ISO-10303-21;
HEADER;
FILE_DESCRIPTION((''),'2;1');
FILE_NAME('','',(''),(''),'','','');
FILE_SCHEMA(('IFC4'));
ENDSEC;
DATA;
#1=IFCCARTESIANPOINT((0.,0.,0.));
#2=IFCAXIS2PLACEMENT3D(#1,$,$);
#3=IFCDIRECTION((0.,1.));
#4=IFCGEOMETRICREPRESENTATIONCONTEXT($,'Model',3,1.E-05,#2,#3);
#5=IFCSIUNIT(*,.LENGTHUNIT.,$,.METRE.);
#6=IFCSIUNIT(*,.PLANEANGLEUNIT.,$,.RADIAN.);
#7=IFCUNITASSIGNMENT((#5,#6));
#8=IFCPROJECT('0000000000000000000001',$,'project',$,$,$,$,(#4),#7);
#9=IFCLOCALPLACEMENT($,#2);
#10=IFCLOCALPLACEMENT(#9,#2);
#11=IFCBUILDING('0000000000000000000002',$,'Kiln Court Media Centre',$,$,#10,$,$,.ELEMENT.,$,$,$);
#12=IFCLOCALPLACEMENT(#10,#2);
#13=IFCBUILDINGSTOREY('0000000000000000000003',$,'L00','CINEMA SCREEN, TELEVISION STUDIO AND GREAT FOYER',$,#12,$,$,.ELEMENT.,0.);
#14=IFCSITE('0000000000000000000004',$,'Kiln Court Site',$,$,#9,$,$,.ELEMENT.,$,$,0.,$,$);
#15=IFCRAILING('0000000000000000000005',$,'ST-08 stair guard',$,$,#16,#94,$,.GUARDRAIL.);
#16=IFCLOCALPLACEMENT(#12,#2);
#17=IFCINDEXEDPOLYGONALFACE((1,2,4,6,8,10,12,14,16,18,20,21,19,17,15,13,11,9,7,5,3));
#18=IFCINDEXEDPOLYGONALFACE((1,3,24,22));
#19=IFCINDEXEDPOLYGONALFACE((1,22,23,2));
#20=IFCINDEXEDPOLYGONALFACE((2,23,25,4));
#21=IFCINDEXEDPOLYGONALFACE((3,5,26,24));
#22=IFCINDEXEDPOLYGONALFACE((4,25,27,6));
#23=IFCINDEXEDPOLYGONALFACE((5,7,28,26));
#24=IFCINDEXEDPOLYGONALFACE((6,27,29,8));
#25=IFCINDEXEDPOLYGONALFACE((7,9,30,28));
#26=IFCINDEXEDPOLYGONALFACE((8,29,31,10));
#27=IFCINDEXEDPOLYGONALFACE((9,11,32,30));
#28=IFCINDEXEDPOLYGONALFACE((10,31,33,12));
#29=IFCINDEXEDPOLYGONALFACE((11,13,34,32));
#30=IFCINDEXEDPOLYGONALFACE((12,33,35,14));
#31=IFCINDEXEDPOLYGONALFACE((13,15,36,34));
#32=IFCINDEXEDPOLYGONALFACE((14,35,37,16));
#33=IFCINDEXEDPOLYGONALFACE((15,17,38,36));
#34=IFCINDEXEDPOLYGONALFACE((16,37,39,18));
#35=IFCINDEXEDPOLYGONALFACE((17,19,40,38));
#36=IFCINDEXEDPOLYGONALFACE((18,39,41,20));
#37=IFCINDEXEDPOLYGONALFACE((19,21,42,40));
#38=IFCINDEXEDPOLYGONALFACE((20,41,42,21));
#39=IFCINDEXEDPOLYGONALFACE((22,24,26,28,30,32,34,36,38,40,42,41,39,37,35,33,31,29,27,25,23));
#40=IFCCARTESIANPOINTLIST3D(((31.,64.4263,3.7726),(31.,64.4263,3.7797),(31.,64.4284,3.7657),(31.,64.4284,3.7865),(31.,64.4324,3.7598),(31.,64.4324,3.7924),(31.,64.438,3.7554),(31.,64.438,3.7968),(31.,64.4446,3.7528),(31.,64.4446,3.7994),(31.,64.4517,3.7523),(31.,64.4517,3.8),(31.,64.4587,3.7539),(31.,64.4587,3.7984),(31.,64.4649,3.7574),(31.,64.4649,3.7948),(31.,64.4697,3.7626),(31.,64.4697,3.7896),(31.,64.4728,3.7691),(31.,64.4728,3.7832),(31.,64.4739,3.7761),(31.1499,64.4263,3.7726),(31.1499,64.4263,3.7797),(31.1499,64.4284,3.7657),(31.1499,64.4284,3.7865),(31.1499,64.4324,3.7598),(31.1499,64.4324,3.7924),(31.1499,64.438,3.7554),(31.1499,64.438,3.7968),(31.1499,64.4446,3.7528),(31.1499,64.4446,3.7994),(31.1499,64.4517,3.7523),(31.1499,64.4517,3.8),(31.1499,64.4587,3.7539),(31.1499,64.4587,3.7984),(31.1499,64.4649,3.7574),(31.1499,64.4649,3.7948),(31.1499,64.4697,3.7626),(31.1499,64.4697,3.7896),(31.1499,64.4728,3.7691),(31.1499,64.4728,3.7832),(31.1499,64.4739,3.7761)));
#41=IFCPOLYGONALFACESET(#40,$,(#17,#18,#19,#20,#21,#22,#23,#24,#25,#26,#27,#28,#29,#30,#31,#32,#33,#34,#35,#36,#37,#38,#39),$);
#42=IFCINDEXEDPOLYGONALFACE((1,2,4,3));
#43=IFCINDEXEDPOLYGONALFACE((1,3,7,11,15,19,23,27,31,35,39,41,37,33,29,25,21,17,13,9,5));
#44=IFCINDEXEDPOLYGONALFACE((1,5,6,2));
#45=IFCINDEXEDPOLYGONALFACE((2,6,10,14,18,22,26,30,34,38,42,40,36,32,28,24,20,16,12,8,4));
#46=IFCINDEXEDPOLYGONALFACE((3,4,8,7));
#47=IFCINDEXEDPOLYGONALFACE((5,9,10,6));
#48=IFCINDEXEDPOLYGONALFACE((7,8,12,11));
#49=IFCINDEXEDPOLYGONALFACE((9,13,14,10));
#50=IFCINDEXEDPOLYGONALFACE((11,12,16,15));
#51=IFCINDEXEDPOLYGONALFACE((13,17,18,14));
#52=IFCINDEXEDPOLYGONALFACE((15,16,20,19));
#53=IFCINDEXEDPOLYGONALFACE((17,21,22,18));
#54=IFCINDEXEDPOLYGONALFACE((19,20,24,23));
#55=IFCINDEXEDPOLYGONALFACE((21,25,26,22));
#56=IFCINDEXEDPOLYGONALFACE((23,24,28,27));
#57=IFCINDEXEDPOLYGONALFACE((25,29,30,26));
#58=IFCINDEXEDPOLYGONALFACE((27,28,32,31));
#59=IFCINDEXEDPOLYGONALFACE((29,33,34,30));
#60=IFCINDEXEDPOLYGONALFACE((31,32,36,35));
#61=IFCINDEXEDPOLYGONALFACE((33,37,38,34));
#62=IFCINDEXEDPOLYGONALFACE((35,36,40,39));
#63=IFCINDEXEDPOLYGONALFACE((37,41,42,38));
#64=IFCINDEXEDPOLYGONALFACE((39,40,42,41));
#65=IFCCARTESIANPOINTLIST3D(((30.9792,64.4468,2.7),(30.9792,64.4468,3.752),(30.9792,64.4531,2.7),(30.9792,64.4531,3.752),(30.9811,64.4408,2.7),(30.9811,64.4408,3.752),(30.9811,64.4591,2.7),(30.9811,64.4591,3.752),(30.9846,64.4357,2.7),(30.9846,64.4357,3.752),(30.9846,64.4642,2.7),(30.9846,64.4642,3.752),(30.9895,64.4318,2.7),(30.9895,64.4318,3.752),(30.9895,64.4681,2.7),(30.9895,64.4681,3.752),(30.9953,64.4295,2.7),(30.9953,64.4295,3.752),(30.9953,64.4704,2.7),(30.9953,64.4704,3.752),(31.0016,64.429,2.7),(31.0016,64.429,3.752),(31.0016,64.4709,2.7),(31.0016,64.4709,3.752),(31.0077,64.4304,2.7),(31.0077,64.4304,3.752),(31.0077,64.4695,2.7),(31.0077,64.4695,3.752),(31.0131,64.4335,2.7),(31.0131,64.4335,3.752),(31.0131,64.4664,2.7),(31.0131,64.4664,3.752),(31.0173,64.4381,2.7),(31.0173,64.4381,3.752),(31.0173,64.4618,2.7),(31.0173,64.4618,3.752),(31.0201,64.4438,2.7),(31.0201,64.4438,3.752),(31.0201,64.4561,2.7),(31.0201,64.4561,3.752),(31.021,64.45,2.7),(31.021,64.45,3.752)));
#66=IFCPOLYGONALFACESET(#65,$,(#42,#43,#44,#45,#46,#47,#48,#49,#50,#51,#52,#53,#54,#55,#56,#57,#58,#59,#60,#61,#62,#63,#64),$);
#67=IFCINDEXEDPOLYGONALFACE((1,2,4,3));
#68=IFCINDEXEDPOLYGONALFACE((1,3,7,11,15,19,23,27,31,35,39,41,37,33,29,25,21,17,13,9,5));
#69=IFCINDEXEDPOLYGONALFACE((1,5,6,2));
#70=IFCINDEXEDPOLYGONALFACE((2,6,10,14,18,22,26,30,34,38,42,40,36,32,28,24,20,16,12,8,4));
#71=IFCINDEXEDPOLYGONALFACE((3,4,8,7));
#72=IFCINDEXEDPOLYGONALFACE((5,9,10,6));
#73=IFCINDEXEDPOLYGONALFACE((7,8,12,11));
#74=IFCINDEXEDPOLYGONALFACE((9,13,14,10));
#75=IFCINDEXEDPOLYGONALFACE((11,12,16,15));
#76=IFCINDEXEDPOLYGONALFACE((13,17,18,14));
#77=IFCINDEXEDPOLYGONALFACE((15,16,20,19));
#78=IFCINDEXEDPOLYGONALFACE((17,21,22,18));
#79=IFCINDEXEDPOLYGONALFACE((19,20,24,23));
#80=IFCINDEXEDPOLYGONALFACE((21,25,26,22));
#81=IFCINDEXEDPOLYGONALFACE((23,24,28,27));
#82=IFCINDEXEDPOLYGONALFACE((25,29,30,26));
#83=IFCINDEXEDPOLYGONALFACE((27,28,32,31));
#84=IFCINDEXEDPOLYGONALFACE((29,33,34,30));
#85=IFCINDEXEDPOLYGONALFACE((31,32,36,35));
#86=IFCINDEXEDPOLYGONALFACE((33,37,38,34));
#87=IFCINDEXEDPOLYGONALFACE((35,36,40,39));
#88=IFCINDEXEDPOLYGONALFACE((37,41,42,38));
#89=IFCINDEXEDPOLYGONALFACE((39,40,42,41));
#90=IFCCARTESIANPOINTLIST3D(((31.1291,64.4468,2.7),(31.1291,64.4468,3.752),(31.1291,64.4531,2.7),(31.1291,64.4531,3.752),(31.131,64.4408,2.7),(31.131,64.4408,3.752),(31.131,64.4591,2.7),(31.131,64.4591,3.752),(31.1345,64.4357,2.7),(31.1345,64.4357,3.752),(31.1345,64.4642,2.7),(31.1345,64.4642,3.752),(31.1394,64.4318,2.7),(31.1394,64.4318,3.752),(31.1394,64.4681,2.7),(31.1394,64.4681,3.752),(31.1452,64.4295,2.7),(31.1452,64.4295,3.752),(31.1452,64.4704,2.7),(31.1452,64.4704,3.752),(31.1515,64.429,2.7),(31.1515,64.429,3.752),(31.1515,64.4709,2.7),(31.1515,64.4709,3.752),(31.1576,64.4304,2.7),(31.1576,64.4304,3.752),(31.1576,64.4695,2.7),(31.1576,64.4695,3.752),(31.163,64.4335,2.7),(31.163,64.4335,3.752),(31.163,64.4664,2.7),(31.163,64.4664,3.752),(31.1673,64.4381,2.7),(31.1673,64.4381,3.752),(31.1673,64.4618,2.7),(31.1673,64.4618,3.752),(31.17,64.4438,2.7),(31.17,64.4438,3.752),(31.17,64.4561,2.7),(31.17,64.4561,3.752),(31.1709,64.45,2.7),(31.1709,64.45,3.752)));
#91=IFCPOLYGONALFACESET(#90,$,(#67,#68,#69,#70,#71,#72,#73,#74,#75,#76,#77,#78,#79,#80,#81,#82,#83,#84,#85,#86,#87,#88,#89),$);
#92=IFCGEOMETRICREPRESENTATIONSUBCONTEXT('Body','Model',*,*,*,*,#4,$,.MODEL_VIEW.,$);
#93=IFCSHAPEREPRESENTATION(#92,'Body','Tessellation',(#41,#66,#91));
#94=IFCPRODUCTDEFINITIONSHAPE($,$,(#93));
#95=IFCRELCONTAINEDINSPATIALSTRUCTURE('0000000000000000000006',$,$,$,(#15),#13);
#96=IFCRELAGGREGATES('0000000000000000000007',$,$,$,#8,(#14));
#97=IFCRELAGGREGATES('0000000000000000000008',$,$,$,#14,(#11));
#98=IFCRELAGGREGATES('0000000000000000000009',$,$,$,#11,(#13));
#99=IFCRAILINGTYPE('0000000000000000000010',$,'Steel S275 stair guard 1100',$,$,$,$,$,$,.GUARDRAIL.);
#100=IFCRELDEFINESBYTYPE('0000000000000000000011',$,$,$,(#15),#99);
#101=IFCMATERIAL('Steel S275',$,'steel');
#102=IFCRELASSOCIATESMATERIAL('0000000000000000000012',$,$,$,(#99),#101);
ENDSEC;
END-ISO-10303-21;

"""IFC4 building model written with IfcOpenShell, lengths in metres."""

from ifc_helpers import new_model, si_unit, direction, frame, origin, origin_2d, place, context, subcontext, project, spatial, circle, extrude, material, type_object, element, save


model = new_model("IFC4")

# Units and contexts
model_context = context("Model", 3, precision=1e-05, world=origin(), true_north=direction((0.0, 1.0)))
body_context = subcontext(model_context, "Body", "Model", "MODEL_VIEW")
ifc_project = project(units=[si_unit("LENGTHUNIT", "METRE"), si_unit("PLANEANGLEUNIT", "RADIAN")], contexts=[model_context])

# Site, building, storey
site_placement = place(None, origin())
site = spatial("IfcSite", under=ifc_project, at=site_placement, Name="Kiln Court Site", CompositionType="ELEMENT", RefElevation=0.0)
building_placement = place(site_placement, origin())
building = spatial("IfcBuilding", under=site, at=building_placement, Name="Kiln Court Media Centre", CompositionType="ELEMENT")
storey_placement = place(building_placement, origin())
storey = spatial("IfcBuildingStorey", under=building, at=storey_placement, Name="L00", Description="CINEMA SCREEN, TELEVISION STUDIO AND GREAT FOYER", CompositionType="ELEMENT", Elevation=0.0)

# Railing
ifc_material_1 = material(Name="Steel S275", Category="steel")
railing_type_1 = type_object("IfcRailingType", Name="Steel S275 stair guard 1100", PredefinedType="GUARDRAIL", material=ifc_material_1)
railing_1_placement = place(storey_placement, frame((31.0, 64.45, 2.7)))
element("IfcRailing", 1, at=railing_1_placement, inside=storey, type_object=railing_type_1, Name="ST-08 stair guard", PredefinedType="GUARDRAIL", context=body_context, shape_type="SweptSolid", body=[
    extrude(circle(Radius=0.0239, at=origin_2d()), frame((0.0, 0.0, 1.0762), z_axis=(1.0, 0.0, 0.0), x_axis=(0.0, 1.0, 0.0)), (0.0, 0.0, 1.0), 0.1499),
    extrude(circle(Radius=0.021, at=origin_2d()), origin(), (0.0, 0.0, 1.0), 1.052),
    extrude(circle(Radius=0.021, at=origin_2d()), frame((0.1499, 0.0, 0.0)), (0.0, 0.0, 1.0), 1.052),
])

save(model, "model.ifc")
